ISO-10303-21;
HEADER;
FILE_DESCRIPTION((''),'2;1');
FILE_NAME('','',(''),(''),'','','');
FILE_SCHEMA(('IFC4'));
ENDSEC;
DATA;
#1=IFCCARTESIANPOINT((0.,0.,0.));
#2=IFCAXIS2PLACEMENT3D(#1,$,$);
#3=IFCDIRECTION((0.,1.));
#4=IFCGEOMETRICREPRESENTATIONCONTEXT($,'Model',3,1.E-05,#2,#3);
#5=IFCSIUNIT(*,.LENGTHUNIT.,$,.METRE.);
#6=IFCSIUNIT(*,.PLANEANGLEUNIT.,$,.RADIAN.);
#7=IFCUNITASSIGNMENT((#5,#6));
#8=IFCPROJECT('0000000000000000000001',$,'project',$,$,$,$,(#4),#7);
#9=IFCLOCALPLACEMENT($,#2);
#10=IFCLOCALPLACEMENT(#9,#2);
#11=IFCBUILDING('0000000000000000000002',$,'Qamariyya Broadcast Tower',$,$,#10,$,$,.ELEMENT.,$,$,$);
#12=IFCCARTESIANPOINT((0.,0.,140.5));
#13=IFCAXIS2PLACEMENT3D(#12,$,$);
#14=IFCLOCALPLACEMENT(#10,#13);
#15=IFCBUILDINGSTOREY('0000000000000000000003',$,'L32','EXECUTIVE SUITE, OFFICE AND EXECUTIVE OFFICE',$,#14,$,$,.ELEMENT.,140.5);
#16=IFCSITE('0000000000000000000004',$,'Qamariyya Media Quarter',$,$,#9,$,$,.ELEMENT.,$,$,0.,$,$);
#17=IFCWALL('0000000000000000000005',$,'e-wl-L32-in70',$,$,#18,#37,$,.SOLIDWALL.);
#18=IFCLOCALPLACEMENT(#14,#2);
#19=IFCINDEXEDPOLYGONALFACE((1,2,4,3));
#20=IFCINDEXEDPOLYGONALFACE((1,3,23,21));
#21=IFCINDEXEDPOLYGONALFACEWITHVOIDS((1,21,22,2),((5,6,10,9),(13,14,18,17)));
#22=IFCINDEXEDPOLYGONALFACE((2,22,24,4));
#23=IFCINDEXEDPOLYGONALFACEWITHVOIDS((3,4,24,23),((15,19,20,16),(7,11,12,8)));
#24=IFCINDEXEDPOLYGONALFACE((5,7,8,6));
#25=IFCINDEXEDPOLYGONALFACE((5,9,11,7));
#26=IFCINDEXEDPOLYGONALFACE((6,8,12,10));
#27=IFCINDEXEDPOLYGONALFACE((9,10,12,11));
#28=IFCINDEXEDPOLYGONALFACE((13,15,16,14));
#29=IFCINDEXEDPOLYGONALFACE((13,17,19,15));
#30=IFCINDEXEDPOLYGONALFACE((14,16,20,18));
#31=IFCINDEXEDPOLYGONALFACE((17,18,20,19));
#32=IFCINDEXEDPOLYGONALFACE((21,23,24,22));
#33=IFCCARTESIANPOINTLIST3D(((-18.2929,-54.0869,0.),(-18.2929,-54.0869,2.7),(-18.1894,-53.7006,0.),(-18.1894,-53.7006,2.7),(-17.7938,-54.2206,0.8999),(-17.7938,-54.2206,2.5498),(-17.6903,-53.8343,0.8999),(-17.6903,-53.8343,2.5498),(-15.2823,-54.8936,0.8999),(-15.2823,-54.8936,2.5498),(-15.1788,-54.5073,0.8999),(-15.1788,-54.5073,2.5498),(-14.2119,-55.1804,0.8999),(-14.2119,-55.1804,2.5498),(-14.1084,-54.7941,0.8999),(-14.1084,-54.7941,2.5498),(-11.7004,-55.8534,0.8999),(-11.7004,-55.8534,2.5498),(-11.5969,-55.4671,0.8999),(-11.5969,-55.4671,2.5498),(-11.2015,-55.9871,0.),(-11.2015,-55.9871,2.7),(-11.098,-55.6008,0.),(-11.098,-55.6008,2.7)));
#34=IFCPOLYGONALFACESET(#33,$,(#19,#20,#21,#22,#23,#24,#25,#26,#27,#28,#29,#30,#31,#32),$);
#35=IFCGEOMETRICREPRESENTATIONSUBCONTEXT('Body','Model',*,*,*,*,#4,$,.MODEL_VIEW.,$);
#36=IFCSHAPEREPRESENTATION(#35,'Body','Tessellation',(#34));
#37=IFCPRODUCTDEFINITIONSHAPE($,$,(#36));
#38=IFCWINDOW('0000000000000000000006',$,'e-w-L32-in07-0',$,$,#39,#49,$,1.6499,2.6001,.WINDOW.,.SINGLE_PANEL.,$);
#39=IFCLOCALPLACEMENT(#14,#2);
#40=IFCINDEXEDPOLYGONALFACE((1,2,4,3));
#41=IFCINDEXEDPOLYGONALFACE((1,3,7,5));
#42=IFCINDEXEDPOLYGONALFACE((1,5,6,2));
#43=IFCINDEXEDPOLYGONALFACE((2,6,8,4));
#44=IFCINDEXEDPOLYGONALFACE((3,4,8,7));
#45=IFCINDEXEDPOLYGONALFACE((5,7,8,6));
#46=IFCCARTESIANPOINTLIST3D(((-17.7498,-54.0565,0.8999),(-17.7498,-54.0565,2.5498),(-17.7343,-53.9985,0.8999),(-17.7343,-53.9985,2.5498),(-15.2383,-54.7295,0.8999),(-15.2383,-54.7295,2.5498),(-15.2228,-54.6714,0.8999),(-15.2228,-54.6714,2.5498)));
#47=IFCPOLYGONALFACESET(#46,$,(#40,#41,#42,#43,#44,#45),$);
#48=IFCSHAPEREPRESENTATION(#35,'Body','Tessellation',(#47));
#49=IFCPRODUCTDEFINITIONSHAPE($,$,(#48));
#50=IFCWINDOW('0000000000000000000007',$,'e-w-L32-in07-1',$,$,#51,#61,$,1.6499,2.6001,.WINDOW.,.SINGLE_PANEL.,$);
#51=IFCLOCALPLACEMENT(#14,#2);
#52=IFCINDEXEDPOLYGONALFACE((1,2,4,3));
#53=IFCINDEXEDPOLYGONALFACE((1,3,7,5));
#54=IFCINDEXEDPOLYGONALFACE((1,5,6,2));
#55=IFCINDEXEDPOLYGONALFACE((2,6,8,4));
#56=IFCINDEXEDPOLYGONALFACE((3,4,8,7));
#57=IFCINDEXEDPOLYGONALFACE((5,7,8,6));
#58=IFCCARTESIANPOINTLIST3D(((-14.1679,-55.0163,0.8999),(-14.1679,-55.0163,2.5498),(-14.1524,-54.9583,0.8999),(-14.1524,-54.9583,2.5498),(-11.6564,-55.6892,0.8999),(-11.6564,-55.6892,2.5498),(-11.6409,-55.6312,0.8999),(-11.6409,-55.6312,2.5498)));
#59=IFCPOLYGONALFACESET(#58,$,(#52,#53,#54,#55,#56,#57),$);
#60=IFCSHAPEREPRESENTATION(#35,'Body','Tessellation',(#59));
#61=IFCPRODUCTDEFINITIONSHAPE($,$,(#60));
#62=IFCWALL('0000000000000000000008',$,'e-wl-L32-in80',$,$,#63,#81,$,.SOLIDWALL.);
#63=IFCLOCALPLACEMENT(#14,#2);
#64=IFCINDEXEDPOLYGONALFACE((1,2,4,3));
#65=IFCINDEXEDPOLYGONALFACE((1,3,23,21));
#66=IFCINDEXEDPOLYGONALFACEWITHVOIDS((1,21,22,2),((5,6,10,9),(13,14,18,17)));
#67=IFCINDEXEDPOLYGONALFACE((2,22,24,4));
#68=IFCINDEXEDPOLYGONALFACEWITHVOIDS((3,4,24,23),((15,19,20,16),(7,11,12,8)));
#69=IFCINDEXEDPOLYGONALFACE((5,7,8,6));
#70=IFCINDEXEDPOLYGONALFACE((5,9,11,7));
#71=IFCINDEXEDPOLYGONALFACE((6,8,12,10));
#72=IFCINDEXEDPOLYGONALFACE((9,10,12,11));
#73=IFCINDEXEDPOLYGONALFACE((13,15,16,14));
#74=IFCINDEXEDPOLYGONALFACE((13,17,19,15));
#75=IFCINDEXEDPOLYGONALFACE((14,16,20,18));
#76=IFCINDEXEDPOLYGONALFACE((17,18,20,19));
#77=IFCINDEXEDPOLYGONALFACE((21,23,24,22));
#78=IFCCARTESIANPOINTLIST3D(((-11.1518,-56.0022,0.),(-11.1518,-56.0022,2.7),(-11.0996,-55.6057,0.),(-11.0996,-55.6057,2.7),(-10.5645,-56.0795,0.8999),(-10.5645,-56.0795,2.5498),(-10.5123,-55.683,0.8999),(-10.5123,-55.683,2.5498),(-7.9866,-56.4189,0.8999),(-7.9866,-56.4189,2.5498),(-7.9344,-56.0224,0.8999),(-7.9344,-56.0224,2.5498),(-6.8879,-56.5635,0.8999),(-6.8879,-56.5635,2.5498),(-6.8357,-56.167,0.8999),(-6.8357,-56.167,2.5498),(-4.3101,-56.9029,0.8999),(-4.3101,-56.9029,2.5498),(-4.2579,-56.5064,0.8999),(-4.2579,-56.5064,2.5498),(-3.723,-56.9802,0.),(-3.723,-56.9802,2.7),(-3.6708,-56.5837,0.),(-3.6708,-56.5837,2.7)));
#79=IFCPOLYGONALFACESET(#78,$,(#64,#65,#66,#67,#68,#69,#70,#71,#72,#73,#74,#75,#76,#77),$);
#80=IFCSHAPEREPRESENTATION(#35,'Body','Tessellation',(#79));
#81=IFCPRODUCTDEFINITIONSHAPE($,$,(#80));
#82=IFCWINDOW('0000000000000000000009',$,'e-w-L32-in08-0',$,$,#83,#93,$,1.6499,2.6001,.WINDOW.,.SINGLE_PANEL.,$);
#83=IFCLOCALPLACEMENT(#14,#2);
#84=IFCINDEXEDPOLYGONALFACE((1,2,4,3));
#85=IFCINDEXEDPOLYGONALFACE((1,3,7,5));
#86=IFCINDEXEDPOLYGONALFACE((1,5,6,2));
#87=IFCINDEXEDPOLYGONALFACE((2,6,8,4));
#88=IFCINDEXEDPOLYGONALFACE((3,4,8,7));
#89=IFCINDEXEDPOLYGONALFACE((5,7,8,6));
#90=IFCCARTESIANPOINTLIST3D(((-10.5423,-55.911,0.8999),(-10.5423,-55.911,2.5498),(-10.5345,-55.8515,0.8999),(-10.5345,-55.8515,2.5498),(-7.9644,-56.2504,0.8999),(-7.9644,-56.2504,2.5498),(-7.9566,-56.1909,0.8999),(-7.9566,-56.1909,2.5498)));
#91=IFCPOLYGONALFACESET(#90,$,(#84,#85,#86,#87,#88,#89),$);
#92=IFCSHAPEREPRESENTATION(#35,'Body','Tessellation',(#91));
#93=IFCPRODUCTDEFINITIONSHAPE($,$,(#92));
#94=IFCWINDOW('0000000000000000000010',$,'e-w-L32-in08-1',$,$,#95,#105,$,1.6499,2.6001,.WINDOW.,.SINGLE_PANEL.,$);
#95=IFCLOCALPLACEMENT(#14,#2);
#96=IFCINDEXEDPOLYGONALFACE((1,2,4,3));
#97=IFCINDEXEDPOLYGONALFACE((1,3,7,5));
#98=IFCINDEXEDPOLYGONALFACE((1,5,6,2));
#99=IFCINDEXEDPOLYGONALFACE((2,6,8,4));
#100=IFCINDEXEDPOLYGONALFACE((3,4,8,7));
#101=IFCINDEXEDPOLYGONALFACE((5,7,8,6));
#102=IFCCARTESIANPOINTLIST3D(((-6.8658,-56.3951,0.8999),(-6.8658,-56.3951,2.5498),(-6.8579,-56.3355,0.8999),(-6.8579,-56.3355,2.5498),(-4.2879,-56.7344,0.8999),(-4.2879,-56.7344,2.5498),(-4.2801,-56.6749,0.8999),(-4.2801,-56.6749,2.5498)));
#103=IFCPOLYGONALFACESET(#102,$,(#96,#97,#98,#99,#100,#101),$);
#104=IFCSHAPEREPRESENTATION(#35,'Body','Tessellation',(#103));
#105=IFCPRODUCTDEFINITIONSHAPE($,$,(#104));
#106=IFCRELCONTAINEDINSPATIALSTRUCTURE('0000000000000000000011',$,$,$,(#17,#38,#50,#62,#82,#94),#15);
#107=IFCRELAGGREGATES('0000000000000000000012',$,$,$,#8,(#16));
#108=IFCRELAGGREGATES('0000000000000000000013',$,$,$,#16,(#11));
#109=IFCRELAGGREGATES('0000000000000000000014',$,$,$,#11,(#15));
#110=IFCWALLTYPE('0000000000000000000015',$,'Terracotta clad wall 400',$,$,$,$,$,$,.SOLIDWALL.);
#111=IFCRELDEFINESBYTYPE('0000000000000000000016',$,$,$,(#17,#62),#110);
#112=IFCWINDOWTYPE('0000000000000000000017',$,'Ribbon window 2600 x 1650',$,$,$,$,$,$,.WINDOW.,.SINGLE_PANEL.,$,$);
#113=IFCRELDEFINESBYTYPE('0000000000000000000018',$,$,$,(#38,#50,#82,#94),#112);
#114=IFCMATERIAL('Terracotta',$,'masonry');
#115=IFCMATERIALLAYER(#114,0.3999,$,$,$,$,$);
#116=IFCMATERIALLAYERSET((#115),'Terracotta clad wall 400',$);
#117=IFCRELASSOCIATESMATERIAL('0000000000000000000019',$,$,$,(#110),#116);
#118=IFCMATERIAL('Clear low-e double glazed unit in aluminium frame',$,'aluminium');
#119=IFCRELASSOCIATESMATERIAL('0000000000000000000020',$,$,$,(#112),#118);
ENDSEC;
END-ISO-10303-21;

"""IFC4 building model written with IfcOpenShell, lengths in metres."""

from ifc_helpers import new_model, si_unit, direction, frame, frame_2d, origin, place, context, subcontext, project, spatial, rectangle, extrude, material, layer, layer_set, type_object, element, fill, save


model = new_model("IFC4")

# Units and contexts
model_context = context("Model", 3, precision=1e-05, world=origin(), true_north=direction((0.0, 1.0)))
body_context = subcontext(model_context, "Body", "Model", "MODEL_VIEW")
ifc_project = project(units=[si_unit("LENGTHUNIT", "METRE"), si_unit("PLANEANGLEUNIT", "RADIAN")], contexts=[model_context])

# Site, building, storey
site_placement = place(None, origin())
site = spatial("IfcSite", under=ifc_project, at=site_placement, Name="Qamariyya Media Quarter", CompositionType="ELEMENT", RefElevation=0.0)
building_placement = place(site_placement, origin())
building = spatial("IfcBuilding", under=site, at=building_placement, Name="Qamariyya Broadcast Tower", CompositionType="ELEMENT")
storey_placement = place(building_placement, frame((0.0, 0.0, 140.5)))
storey = spatial("IfcBuildingStorey", under=building, at=storey_placement, Name="L32", Description="EXECUTIVE SUITE, OFFICE AND EXECUTIVE OFFICE", CompositionType="ELEMENT", Elevation=140.5)

# Walls, openings, windows
ifc_material_1 = material(Name="Terracotta", Category="masonry")
ifc_layer_1 = layer(ifc_material_1, 0.3999)
ifc_layer_set_1 = layer_set([ifc_layer_1], Name="Terracotta clad wall 400")
wall_type_1 = type_object("IfcWallType", Name="Terracotta clad wall 400", PredefinedType="SOLIDWALL", material=ifc_layer_set_1)
ifc_material_2 = material(Name="Clear low-e double glazed unit in aluminium frame", Category="aluminium")
window_type = type_object("IfcWindowType", Name="Ribbon window 2600 x 1650", PartitioningType="SINGLE_PANEL", PredefinedType="WINDOW", material=ifc_material_2)
wall_1_placement = place(storey_placement, frame((-11.1497, -55.7939, 0.0), z_axis=(0.0, 0.0, 1.0), x_axis=(-0.965925, 0.258824, 0.0)))
wall_1 = element("IfcWall", 1, at=wall_1_placement, inside=storey, type_object=wall_type_1, Name="e-wl-L32-in70", PredefinedType="SOLIDWALL", context=body_context, shape_type="SweptSolid", body=[
    extrude(rectangle(XDim=7.3416, YDim=0.3999, at=frame_2d((3.6709, 0.0))), origin(), (0.0, 0.0, 1.0), 2.7),
])
opening_1_placement = place(wall_1_placement, frame((4.2249, 0.0, 0.8999)))
opening_1 = element("IfcOpeningElement", 2, at=opening_1_placement, cuts=wall_1, PredefinedType="OPENING", context=body_context, shape_type="SweptSolid", body=[
    extrude(rectangle(XDim=2.6001, YDim=1.6499, at=frame_2d((1.3, 0.825))), frame((0.0, 0.21, 0.0), z_axis=(0.0, -1.0, 0.0), x_axis=(1.0, 0.0, 0.0)), (0.0, 0.0, 1.0), 0.4199),
])
opening_2_placement = place(wall_1_placement, frame((0.5166, 0.0, 0.8999)))
opening_2 = element("IfcOpeningElement", 3, at=opening_2_placement, cuts=wall_1, PredefinedType="OPENING", context=body_context, shape_type="SweptSolid", body=[
    extrude(rectangle(XDim=2.6001, YDim=1.6499, at=frame_2d((1.3, 0.825))), frame((0.0, 0.21, 0.0), z_axis=(0.0, -1.0, 0.0), x_axis=(1.0, 0.0, 0.0)), (0.0, 0.0, 1.0), 0.4199),
])
window_1_placement = place(opening_1_placement, origin())
window_1 = element("IfcWindow", 4, at=window_1_placement, inside=storey, type_object=window_type, Name="e-w-L32-in07-0", OverallHeight=1.6499, OverallWidth=2.6001, PartitioningType="SINGLE_PANEL", PredefinedType="WINDOW", context=body_context, shape_type="SweptSolid", body=[
    extrude(rectangle(XDim=2.6001, YDim=1.6499, at=frame_2d((1.3, 0.825))), frame((0.0, 0.03, 0.0), z_axis=(0.0, -1.0, 0.0), x_axis=(1.0, 0.0, 0.0)), (0.0, 0.0, 1.0), 0.0601),
])
fill(opening_1, window_1)
window_2_placement = place(opening_2_placement, origin())
window_2 = element("IfcWindow", 5, at=window_2_placement, inside=storey, type_object=window_type, Name="e-w-L32-in07-1", OverallHeight=1.6499, OverallWidth=2.6001, PartitioningType="SINGLE_PANEL", PredefinedType="WINDOW", context=body_context, shape_type="SweptSolid", body=[
    extrude(rectangle(XDim=2.6001, YDim=1.6499, at=frame_2d((1.3, 0.825))), frame((0.0, 0.03, 0.0), z_axis=(0.0, -1.0, 0.0), x_axis=(1.0, 0.0, 0.0)), (0.0, 0.0, 1.0), 0.0601),
])
fill(opening_2, window_2)
wall_2_placement = place(storey_placement, frame((-3.6968, -56.782, 0.0), z_axis=(0.0, 0.0, 1.0), x_axis=(-0.991445, 0.130529, 0.0)))
wall_2 = element("IfcWall", 6, at=wall_2_placement, inside=storey, type_object=wall_type_1, Name="e-wl-L32-in80", PredefinedType="SOLIDWALL", context=body_context, shape_type="SweptSolid", body=[
    extrude(rectangle(XDim=7.4929, YDim=0.3999, at=frame_2d((3.7466, 0.0))), origin(), (0.0, 0.0, 1.0), 2.7),
])
opening_3_placement = place(wall_2_placement, frame((4.3005, 0.0, 0.8999)))
opening_3 = element("IfcOpeningElement", 7, at=opening_3_placement, cuts=wall_2, PredefinedType="OPENING", context=body_context, shape_type="SweptSolid", body=[
    extrude(rectangle(XDim=2.6001, YDim=1.6499, at=frame_2d((1.3, 0.825))), frame((0.0, 0.21, 0.0), z_axis=(0.0, -1.0, 0.0), x_axis=(1.0, 0.0, 0.0)), (0.0, 0.0, 1.0), 0.4199),
])
opening_4_placement = place(wall_2_placement, frame((0.5923, 0.0, 0.8999)))
opening_4 = element("IfcOpeningElement", 8, at=opening_4_placement, cuts=wall_2, PredefinedType="OPENING", context=body_context, shape_type="SweptSolid", body=[
    extrude(rectangle(XDim=2.6001, YDim=1.6499, at=frame_2d((1.3, 0.825))), frame((0.0, 0.21, 0.0), z_axis=(0.0, -1.0, 0.0), x_axis=(1.0, 0.0, 0.0)), (0.0, 0.0, 1.0), 0.4199),
])
window_3_placement = place(opening_3_placement, origin())
window_3 = element("IfcWindow", 9, at=window_3_placement, inside=storey, type_object=window_type, Name="e-w-L32-in08-0", OverallHeight=1.6499, OverallWidth=2.6001, PartitioningType="SINGLE_PANEL", PredefinedType="WINDOW", context=body_context, shape_type="SweptSolid", body=[
    extrude(rectangle(XDim=2.6001, YDim=1.6499, at=frame_2d((1.3, 0.825))), frame((0.0, 0.03, 0.0), z_axis=(0.0, -1.0, 0.0), x_axis=(1.0, 0.0, 0.0)), (0.0, 0.0, 1.0), 0.0601),
])
fill(opening_3, window_3)
window_4_placement = place(opening_4_placement, origin())
window_4 = element("IfcWindow", 10, at=window_4_placement, inside=storey, type_object=window_type, Name="e-w-L32-in08-1", OverallHeight=1.6499, OverallWidth=2.6001, PartitioningType="SINGLE_PANEL", PredefinedType="WINDOW", context=body_context, shape_type="SweptSolid", body=[
    extrude(rectangle(XDim=2.6001, YDim=1.6499, at=frame_2d((1.3, 0.825))), frame((0.0, 0.03, 0.0), z_axis=(0.0, -1.0, 0.0), x_axis=(1.0, 0.0, 0.0)), (0.0, 0.0, 1.0), 0.0601),
])
fill(opening_4, window_4)

save(model, "model.ifc")
